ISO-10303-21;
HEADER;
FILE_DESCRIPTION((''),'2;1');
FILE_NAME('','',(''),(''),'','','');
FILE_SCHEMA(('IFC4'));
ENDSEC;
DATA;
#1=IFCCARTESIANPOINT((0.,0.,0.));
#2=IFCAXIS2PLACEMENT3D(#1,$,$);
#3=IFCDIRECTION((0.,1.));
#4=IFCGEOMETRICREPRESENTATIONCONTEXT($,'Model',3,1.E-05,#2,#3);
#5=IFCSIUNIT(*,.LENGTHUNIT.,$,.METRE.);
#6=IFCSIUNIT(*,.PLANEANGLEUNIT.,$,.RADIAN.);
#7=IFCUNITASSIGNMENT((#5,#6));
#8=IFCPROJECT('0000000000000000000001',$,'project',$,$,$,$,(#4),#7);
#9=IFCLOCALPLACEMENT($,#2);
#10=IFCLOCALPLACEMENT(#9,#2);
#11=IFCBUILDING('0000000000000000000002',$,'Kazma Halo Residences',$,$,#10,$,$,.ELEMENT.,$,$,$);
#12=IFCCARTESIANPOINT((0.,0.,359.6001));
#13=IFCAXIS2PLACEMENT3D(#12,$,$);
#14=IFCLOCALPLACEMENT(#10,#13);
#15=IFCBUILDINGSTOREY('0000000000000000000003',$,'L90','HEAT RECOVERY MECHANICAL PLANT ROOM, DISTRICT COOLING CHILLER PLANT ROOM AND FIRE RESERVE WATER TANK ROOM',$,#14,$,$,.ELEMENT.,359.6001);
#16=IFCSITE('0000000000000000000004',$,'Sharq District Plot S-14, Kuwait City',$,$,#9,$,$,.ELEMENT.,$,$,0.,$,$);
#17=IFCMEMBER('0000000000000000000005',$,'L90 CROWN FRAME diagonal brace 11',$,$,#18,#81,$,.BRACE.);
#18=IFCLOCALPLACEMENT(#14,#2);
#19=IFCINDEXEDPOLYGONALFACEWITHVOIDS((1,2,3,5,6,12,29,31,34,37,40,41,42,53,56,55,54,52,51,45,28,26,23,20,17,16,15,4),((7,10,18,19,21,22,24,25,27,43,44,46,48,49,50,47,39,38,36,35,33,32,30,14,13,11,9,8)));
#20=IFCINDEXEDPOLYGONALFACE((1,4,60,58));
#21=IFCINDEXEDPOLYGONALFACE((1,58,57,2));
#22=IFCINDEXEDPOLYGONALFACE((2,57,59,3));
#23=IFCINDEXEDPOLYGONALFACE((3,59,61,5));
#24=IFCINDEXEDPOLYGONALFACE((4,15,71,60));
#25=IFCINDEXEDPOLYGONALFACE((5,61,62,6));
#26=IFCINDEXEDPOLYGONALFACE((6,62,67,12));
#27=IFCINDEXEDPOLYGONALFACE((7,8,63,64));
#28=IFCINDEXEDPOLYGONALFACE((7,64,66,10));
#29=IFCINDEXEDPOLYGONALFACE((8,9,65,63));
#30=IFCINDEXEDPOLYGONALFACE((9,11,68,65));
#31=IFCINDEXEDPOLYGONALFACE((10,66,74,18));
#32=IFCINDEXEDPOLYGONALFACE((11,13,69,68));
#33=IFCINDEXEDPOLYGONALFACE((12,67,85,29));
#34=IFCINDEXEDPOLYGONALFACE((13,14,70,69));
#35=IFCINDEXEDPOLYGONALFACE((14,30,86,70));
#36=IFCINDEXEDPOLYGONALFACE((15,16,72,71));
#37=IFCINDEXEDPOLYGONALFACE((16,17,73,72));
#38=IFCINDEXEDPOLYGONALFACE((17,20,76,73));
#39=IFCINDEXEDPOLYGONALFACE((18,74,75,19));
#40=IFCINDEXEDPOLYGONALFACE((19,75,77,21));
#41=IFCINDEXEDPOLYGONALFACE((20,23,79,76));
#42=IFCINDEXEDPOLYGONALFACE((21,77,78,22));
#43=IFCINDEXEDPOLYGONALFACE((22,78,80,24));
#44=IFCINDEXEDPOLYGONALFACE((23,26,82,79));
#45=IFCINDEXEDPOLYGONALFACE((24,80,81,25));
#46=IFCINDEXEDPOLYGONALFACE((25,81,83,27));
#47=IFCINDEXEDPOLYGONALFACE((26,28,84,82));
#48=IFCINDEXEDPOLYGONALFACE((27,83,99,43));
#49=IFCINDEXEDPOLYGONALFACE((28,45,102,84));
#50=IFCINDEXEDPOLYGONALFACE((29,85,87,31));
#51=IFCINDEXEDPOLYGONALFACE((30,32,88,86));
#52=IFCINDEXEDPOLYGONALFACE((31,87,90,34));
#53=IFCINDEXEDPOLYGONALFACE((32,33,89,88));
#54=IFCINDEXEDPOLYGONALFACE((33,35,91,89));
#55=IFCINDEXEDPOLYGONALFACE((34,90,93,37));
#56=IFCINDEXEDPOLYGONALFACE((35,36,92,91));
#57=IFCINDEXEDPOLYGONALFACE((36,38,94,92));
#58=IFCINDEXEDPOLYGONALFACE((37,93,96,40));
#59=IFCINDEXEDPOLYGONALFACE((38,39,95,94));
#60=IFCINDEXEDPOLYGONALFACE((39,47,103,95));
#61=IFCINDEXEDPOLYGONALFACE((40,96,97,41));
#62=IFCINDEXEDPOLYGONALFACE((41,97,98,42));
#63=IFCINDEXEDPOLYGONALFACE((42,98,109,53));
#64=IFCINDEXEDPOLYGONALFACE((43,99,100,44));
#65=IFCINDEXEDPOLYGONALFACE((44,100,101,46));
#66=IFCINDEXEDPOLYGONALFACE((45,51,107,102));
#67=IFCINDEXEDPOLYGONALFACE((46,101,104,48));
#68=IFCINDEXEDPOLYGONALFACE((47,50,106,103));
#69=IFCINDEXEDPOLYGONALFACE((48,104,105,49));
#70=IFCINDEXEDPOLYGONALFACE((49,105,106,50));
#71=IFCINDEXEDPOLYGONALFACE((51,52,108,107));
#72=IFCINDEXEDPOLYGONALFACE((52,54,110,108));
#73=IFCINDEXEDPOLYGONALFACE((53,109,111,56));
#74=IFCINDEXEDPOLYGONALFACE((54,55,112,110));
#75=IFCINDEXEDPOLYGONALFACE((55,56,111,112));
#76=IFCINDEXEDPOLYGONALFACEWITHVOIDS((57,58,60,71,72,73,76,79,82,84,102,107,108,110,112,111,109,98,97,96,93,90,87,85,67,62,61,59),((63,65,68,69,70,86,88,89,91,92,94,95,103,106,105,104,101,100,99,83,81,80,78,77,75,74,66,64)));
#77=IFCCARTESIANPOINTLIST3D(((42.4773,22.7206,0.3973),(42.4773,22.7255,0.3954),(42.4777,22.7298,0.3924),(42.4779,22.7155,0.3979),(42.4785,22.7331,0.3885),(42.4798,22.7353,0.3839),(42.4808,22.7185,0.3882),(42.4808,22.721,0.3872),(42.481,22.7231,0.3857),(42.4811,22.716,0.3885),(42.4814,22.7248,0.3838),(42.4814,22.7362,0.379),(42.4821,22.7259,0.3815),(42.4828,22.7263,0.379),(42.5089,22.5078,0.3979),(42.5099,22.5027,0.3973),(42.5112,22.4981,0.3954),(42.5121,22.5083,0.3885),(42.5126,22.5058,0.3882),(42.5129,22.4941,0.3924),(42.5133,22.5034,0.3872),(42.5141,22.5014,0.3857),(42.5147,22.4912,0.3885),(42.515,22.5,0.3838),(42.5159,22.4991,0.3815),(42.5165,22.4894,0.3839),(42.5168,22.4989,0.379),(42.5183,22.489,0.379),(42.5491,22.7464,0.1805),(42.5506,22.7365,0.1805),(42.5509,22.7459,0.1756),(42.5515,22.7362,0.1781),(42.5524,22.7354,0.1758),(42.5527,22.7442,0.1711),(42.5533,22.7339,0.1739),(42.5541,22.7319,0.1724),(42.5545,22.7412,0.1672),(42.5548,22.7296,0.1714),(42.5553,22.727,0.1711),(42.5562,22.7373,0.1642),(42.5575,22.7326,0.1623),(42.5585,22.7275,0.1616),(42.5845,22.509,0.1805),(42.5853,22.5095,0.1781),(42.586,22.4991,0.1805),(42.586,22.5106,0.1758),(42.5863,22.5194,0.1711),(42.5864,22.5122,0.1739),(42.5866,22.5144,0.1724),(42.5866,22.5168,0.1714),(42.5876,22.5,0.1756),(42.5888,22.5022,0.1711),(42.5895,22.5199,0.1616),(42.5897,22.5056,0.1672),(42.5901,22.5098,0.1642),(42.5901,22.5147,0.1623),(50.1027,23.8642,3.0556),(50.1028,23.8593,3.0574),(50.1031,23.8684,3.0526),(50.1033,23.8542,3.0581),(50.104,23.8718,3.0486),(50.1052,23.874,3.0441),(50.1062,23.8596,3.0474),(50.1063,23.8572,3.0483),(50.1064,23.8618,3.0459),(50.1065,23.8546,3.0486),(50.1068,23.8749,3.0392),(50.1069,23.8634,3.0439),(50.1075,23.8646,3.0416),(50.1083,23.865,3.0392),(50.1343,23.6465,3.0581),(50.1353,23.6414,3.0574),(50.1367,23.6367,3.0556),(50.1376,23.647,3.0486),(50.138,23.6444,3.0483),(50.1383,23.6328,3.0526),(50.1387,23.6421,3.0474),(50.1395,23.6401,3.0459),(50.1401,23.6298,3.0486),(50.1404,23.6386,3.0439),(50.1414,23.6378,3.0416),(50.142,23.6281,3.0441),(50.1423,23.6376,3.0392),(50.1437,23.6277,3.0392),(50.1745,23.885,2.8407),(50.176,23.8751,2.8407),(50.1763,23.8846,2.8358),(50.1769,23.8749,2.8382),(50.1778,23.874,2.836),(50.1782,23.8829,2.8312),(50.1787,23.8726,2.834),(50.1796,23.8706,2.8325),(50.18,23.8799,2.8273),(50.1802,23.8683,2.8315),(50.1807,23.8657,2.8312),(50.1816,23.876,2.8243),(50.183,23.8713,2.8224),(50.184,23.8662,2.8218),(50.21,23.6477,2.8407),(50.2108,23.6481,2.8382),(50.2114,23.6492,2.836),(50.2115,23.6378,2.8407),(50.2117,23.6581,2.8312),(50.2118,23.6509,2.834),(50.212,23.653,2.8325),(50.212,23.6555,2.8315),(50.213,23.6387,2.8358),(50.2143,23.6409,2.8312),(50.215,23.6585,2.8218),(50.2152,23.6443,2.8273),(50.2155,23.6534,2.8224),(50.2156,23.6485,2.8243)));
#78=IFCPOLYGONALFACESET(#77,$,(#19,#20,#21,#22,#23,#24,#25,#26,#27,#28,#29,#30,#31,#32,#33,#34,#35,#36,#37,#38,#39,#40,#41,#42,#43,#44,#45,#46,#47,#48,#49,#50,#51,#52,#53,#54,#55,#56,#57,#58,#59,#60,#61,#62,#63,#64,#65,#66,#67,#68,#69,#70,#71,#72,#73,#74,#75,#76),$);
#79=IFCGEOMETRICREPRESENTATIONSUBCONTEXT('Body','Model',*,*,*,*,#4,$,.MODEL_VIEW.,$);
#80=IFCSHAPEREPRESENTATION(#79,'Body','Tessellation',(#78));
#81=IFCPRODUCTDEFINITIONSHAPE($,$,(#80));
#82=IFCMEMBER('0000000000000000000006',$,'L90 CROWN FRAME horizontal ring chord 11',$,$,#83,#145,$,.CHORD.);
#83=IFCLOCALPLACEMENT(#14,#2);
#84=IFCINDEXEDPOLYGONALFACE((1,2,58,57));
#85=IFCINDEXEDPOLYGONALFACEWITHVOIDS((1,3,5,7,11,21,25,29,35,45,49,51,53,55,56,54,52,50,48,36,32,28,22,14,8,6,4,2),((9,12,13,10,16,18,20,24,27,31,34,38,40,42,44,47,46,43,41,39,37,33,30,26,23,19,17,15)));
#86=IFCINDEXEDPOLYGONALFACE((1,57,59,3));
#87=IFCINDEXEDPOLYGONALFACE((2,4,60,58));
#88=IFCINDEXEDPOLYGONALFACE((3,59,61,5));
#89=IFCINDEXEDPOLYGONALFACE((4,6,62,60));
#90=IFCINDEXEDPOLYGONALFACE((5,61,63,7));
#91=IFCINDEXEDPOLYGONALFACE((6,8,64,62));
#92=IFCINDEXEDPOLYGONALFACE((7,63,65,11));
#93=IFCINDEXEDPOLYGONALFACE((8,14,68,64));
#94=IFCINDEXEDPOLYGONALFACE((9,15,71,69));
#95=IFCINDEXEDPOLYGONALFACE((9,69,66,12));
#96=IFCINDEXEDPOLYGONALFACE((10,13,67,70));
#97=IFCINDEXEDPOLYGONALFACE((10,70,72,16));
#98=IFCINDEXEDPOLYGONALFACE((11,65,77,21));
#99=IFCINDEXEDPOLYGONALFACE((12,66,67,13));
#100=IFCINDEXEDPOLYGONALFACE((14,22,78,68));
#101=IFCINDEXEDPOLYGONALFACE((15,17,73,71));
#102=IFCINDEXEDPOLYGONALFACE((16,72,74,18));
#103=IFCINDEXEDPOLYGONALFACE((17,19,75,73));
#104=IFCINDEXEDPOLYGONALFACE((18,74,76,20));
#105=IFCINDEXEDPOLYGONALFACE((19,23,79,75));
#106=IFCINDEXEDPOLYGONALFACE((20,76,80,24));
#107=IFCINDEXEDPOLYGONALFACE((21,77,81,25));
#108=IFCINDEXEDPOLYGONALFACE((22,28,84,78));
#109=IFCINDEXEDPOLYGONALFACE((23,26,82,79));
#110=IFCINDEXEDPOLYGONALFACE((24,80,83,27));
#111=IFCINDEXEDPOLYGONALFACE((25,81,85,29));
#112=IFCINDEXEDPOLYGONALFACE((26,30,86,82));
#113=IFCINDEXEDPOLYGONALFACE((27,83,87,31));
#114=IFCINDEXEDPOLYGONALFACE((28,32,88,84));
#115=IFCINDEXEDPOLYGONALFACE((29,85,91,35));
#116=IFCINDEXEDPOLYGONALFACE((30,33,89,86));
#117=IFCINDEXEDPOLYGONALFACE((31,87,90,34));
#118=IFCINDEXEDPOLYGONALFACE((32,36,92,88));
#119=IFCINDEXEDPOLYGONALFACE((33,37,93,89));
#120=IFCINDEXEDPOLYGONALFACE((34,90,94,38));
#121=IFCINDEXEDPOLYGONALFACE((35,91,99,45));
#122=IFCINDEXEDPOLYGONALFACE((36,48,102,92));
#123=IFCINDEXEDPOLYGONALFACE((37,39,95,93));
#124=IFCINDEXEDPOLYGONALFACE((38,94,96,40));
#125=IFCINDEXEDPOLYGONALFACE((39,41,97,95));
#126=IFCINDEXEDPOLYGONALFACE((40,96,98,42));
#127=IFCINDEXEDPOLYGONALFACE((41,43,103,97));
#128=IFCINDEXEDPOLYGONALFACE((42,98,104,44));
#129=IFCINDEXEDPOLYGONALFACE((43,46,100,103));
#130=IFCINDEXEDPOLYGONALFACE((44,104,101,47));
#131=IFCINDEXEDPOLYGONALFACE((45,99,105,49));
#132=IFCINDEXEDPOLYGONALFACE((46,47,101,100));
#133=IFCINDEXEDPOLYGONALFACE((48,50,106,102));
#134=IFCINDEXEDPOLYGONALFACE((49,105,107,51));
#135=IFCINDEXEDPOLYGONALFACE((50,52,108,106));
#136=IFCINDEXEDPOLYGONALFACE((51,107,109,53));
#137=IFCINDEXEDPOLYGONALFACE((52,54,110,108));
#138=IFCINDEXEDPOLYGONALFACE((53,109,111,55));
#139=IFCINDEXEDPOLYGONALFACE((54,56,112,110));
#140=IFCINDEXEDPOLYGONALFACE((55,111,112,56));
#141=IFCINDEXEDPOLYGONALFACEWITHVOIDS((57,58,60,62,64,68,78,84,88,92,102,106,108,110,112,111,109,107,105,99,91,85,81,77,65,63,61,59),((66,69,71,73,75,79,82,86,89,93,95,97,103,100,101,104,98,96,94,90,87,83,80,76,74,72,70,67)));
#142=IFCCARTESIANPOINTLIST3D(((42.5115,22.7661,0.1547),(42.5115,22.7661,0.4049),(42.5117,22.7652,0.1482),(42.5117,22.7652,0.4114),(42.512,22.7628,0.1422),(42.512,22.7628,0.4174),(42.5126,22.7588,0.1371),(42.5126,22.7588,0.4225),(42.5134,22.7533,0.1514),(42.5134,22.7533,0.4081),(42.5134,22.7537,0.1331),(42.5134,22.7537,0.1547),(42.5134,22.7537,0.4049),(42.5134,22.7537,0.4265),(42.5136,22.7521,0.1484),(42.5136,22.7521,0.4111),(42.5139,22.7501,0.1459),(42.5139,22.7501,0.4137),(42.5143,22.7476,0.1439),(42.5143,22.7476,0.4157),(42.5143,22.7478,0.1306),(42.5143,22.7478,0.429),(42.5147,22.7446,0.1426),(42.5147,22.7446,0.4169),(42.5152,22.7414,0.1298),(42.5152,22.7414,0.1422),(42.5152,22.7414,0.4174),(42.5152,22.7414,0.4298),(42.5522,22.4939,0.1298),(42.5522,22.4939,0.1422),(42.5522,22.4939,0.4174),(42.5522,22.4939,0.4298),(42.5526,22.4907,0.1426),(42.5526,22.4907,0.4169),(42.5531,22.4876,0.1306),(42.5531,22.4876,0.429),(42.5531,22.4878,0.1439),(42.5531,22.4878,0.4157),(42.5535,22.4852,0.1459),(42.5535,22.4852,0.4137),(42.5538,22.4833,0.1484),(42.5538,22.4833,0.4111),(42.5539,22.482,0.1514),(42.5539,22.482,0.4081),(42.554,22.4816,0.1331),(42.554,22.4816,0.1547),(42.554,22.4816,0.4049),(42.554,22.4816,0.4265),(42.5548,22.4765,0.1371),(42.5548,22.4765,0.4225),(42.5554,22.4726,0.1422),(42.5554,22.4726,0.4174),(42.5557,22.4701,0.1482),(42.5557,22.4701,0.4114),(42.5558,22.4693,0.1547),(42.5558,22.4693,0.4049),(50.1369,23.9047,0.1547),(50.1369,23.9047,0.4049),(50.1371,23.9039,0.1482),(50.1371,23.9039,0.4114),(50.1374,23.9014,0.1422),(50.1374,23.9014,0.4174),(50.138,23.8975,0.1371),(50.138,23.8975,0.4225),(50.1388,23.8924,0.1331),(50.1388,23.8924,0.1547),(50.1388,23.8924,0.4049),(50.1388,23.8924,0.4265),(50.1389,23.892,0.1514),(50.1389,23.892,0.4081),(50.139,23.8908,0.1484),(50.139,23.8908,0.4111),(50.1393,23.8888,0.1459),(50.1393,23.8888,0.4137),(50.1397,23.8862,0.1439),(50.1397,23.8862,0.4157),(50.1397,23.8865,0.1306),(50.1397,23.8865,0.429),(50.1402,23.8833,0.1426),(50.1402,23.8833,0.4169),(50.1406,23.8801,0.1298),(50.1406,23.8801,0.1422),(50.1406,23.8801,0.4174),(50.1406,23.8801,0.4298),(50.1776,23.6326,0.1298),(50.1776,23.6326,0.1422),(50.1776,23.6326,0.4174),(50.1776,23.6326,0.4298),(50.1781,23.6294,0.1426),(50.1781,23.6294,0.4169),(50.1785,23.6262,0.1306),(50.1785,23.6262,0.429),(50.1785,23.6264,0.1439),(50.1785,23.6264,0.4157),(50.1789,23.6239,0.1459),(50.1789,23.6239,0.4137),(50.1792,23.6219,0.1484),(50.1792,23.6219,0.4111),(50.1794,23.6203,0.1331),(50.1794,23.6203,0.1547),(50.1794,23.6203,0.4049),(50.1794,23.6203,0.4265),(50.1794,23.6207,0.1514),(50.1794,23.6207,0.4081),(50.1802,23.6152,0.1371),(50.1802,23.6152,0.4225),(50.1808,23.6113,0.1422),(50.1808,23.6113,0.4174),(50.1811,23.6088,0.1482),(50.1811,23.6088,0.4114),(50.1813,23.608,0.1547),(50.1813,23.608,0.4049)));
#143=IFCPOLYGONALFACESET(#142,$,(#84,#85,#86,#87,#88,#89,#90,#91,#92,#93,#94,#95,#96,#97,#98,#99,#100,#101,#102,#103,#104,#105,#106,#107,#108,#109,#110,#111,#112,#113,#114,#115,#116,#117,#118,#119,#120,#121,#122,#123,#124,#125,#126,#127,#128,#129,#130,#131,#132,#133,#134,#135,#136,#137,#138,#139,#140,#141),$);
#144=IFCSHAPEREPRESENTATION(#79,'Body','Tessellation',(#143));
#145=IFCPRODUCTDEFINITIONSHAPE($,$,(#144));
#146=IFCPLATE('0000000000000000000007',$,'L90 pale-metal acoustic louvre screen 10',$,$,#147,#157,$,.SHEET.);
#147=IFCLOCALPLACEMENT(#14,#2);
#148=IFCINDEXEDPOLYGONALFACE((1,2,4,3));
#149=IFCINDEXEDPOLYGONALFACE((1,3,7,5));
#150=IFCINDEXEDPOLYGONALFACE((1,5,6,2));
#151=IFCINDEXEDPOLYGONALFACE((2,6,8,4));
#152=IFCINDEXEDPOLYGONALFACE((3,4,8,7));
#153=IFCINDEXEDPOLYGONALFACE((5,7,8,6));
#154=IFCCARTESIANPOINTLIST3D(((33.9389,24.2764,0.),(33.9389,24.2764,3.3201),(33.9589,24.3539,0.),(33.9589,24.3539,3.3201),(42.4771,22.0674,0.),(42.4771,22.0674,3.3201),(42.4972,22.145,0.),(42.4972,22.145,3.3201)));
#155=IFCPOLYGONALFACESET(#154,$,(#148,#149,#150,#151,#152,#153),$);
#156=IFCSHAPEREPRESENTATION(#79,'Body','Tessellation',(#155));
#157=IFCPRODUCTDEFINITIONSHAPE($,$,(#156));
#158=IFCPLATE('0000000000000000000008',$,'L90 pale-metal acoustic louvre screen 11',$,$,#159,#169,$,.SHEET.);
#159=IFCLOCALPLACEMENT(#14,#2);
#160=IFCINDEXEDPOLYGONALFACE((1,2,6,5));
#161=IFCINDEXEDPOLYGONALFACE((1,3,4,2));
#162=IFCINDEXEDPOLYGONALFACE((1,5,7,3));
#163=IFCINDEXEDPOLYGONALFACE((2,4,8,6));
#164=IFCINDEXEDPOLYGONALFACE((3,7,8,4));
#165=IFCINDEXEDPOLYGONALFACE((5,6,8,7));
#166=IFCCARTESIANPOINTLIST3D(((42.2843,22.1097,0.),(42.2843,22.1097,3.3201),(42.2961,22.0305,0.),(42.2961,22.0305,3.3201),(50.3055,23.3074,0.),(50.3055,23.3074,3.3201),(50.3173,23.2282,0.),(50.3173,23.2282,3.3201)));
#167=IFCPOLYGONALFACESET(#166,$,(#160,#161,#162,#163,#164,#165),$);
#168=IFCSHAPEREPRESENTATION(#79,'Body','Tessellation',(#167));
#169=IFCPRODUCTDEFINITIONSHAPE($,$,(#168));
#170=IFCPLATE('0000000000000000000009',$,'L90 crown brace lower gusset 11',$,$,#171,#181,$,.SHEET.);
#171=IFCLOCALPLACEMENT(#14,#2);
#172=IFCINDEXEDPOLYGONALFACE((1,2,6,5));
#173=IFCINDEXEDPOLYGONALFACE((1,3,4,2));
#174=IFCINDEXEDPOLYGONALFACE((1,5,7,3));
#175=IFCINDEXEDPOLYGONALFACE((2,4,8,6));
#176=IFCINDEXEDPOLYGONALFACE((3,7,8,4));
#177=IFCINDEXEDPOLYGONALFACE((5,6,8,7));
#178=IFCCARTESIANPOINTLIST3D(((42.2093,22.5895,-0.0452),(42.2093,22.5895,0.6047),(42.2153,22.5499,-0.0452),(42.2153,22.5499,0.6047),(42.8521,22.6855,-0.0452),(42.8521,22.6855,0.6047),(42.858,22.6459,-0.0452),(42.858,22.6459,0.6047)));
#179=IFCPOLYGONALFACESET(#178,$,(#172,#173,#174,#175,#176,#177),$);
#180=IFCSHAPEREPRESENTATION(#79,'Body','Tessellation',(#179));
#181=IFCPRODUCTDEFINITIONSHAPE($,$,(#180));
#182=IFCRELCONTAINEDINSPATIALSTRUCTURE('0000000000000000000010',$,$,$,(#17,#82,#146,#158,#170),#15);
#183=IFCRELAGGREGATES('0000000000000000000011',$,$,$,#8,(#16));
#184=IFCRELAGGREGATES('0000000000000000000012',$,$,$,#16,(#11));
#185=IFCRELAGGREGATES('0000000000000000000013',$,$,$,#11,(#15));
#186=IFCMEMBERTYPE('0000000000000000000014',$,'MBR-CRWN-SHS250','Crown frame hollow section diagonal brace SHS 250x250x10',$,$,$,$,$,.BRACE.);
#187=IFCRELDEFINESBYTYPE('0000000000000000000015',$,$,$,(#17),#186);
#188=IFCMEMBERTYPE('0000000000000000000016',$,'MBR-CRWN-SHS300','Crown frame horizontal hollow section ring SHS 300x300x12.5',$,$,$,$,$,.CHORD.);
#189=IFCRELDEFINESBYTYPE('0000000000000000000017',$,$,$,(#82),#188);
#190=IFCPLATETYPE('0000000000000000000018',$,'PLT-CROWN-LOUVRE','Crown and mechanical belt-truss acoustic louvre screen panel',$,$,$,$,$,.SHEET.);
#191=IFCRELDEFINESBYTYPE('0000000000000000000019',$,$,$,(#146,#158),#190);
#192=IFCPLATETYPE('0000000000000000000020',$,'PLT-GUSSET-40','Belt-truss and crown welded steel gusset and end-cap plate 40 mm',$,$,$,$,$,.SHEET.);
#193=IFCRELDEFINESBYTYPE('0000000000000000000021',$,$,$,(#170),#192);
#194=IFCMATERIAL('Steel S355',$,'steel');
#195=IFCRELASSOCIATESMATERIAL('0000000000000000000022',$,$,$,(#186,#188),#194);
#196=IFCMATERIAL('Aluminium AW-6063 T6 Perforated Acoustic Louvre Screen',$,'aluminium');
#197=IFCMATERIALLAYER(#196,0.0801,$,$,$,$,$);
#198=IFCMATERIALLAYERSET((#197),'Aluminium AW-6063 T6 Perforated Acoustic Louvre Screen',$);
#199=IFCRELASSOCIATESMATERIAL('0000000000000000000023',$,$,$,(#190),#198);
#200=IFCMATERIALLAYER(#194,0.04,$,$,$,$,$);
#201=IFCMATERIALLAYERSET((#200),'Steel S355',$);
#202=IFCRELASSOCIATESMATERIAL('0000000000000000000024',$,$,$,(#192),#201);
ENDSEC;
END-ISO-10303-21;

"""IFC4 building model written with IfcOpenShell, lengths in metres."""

from ifc_helpers import new_model, si_unit, direction, frame, origin, origin_2d, place, context, subcontext, project, spatial, rectangle, hollow_rectangle, extrude, material, layer, layer_set, material_profile, profile_set, type_object, element, save


model = new_model("IFC4")

# Units and contexts
model_context = context("Model", 3, precision=1e-05, world=origin(), true_north=direction((0.0, 1.0)))
body_context = subcontext(model_context, "Body", "Model", "MODEL_VIEW")
ifc_project = project(units=[si_unit("LENGTHUNIT", "METRE"), si_unit("PLANEANGLEUNIT", "RADIAN")], contexts=[model_context])

# Site, building, storey
site_placement = place(None, origin())
site = spatial("IfcSite", under=ifc_project, at=site_placement, Name="Sharq District Plot S-14, Kuwait City", CompositionType="ELEMENT", RefElevation=0.0)
building_placement = place(site_placement, origin())
building = spatial("IfcBuilding", under=site, at=building_placement, Name="Kazma Halo Residences", CompositionType="ELEMENT")
storey_placement = place(building_placement, frame((0.0, 0.0, 359.6001)))
storey = spatial("IfcBuildingStorey", under=building, at=storey_placement, Name="L90", Description="HEAT RECOVERY MECHANICAL PLANT ROOM, DISTRICT COOLING CHILLER PLANT ROOM AND FIRE RESERVE WATER TANK ROOM", CompositionType="ELEMENT", Elevation=359.6001)

# Shared definitions
ifc_material_1 = material(Name="Steel S355", Category="steel")

# Members
ifc_material_profile_1 = material_profile(ifc_material_1, hollow_rectangle(XDim=0.25, YDim=0.25, WallThickness=0.01, InnerFilletRadius=0.01, OuterFilletRadius=0.02, at=origin_2d()), Name="SHS250x250x10")
ifc_profile_set_1 = profile_set([ifc_material_profile_1], Name="Steel S355")
member_type_1 = type_object("IfcMemberType", Name="MBR-CRWN-SHS250", Description="Crown frame hollow section diagonal brace SHS 250x250x10", PredefinedType="BRACE", material=ifc_profile_set_1)
member_1_placement = place(storey_placement, frame((42.5337, 22.6177, 0.2798), z_axis=(0.934949, 0.139611, 0.326158), x_axis=(-0.147687, 0.989034, 0.0)))
element("IfcMember", 1, at=member_1_placement, inside=storey, type_object=member_type_1, Name="L90 CROWN FRAME diagonal brace 11", PredefinedType="BRACE", context=body_context, shape_type="SweptSolid", body=[
    extrude(hollow_rectangle(XDim=0.25, YDim=0.25, WallThickness=0.01, InnerFilletRadius=0.01, OuterFilletRadius=0.02, at=origin_2d()), origin(), (0.0, 0.0, 1.0), 8.156),
])
ifc_material_profile_2 = material_profile(ifc_material_1, hollow_rectangle(XDim=0.3, YDim=0.3, WallThickness=0.0125, InnerFilletRadius=0.0125, OuterFilletRadius=0.0249, at=origin_2d()), Name="SHS300x300x12.5")
ifc_profile_set_2 = profile_set([ifc_material_profile_2], Name="Steel S355")
member_type_2 = type_object("IfcMemberType", Name="MBR-CRWN-SHS300", Description="Crown frame horizontal hollow section ring SHS 300x300x12.5", PredefinedType="CHORD", material=ifc_profile_set_2)
member_2_placement = place(storey_placement, frame((42.5337, 22.6177, 0.2798), z_axis=(0.989034, 0.147687, 0.0), x_axis=(-0.147687, 0.989034, 0.0)))
element("IfcMember", 2, at=member_2_placement, inside=storey, type_object=member_type_2, Name="L90 CROWN FRAME horizontal ring chord 11", PredefinedType="CHORD", context=body_context, shape_type="SweptSolid", body=[
    extrude(hollow_rectangle(XDim=0.3, YDim=0.3, WallThickness=0.0125, InnerFilletRadius=0.0125, OuterFilletRadius=0.0249, at=origin_2d()), origin(), (0.0, 0.0, 1.0), 7.71),
])

# Plates
ifc_material_2 = material(Name="Aluminium AW-6063 T6 Perforated Acoustic Louvre Screen", Category="aluminium")
ifc_layer_1 = layer(ifc_material_2, 0.0801)
ifc_layer_set_1 = layer_set([ifc_layer_1], Name="Aluminium AW-6063 T6 Perforated Acoustic Louvre Screen")
plate_type_1 = type_object("IfcPlateType", Name="PLT-CROWN-LOUVRE", Description="Crown and mechanical belt-truss acoustic louvre screen panel", PredefinedType="SHEET", material=ifc_layer_set_1)
plate_1_placement = place(storey_placement, frame((38.218, 23.2107, 0.0), z_axis=(0.0, 0.0, 1.0), x_axis=(0.968124, -0.25047, 0.0)))
element("IfcPlate", 3, at=plate_1_placement, inside=storey, type_object=plate_type_1, Name="L90 pale-metal acoustic louvre screen 10", PredefinedType="SHEET", context=body_context, shape_type="SweptSolid", body=[
    extrude(rectangle(XDim=8.8193, YDim=0.0801, at=origin_2d()), origin(), (0.0, 0.0, 1.0), 3.3201),
])
plate_2_placement = place(storey_placement, frame((46.3008, 22.6689, 0.0), z_axis=(0.0, 0.0, 1.0), x_axis=(0.989034, 0.147687, 0.0)))
element("IfcPlate", 4, at=plate_2_placement, inside=storey, type_object=plate_type_1, Name="L90 pale-metal acoustic louvre screen 11", PredefinedType="SHEET", context=body_context, shape_type="SweptSolid", body=[
    extrude(rectangle(XDim=8.1101, YDim=0.0801, at=origin_2d()), origin(), (0.0, 0.0, 1.0), 3.3201),
])
ifc_layer_2 = layer(ifc_material_1, 0.04)
ifc_layer_set_2 = layer_set([ifc_layer_2], Name="Steel S355")
plate_type_2 = type_object("IfcPlateType", Name="PLT-GUSSET-40", Description="Belt-truss and crown welded steel gusset and end-cap plate 40 mm", PredefinedType="SHEET", material=ifc_layer_set_2)
plate_3_placement = place(storey_placement, frame((42.5337, 22.6177, -0.0452), z_axis=(0.0, 0.0, 1.0), x_axis=(0.989034, 0.147687, 0.0)))
element("IfcPlate", 5, at=plate_3_placement, inside=storey, type_object=plate_type_2, Name="L90 crown brace lower gusset 11", PredefinedType="SHEET", context=body_context, shape_type="SweptSolid", body=[
    extrude(rectangle(XDim=0.6499, YDim=0.04, at=origin_2d()), origin(), (0.0, 0.0, 1.0), 0.6499),
])

save(model, "model.ifc")
